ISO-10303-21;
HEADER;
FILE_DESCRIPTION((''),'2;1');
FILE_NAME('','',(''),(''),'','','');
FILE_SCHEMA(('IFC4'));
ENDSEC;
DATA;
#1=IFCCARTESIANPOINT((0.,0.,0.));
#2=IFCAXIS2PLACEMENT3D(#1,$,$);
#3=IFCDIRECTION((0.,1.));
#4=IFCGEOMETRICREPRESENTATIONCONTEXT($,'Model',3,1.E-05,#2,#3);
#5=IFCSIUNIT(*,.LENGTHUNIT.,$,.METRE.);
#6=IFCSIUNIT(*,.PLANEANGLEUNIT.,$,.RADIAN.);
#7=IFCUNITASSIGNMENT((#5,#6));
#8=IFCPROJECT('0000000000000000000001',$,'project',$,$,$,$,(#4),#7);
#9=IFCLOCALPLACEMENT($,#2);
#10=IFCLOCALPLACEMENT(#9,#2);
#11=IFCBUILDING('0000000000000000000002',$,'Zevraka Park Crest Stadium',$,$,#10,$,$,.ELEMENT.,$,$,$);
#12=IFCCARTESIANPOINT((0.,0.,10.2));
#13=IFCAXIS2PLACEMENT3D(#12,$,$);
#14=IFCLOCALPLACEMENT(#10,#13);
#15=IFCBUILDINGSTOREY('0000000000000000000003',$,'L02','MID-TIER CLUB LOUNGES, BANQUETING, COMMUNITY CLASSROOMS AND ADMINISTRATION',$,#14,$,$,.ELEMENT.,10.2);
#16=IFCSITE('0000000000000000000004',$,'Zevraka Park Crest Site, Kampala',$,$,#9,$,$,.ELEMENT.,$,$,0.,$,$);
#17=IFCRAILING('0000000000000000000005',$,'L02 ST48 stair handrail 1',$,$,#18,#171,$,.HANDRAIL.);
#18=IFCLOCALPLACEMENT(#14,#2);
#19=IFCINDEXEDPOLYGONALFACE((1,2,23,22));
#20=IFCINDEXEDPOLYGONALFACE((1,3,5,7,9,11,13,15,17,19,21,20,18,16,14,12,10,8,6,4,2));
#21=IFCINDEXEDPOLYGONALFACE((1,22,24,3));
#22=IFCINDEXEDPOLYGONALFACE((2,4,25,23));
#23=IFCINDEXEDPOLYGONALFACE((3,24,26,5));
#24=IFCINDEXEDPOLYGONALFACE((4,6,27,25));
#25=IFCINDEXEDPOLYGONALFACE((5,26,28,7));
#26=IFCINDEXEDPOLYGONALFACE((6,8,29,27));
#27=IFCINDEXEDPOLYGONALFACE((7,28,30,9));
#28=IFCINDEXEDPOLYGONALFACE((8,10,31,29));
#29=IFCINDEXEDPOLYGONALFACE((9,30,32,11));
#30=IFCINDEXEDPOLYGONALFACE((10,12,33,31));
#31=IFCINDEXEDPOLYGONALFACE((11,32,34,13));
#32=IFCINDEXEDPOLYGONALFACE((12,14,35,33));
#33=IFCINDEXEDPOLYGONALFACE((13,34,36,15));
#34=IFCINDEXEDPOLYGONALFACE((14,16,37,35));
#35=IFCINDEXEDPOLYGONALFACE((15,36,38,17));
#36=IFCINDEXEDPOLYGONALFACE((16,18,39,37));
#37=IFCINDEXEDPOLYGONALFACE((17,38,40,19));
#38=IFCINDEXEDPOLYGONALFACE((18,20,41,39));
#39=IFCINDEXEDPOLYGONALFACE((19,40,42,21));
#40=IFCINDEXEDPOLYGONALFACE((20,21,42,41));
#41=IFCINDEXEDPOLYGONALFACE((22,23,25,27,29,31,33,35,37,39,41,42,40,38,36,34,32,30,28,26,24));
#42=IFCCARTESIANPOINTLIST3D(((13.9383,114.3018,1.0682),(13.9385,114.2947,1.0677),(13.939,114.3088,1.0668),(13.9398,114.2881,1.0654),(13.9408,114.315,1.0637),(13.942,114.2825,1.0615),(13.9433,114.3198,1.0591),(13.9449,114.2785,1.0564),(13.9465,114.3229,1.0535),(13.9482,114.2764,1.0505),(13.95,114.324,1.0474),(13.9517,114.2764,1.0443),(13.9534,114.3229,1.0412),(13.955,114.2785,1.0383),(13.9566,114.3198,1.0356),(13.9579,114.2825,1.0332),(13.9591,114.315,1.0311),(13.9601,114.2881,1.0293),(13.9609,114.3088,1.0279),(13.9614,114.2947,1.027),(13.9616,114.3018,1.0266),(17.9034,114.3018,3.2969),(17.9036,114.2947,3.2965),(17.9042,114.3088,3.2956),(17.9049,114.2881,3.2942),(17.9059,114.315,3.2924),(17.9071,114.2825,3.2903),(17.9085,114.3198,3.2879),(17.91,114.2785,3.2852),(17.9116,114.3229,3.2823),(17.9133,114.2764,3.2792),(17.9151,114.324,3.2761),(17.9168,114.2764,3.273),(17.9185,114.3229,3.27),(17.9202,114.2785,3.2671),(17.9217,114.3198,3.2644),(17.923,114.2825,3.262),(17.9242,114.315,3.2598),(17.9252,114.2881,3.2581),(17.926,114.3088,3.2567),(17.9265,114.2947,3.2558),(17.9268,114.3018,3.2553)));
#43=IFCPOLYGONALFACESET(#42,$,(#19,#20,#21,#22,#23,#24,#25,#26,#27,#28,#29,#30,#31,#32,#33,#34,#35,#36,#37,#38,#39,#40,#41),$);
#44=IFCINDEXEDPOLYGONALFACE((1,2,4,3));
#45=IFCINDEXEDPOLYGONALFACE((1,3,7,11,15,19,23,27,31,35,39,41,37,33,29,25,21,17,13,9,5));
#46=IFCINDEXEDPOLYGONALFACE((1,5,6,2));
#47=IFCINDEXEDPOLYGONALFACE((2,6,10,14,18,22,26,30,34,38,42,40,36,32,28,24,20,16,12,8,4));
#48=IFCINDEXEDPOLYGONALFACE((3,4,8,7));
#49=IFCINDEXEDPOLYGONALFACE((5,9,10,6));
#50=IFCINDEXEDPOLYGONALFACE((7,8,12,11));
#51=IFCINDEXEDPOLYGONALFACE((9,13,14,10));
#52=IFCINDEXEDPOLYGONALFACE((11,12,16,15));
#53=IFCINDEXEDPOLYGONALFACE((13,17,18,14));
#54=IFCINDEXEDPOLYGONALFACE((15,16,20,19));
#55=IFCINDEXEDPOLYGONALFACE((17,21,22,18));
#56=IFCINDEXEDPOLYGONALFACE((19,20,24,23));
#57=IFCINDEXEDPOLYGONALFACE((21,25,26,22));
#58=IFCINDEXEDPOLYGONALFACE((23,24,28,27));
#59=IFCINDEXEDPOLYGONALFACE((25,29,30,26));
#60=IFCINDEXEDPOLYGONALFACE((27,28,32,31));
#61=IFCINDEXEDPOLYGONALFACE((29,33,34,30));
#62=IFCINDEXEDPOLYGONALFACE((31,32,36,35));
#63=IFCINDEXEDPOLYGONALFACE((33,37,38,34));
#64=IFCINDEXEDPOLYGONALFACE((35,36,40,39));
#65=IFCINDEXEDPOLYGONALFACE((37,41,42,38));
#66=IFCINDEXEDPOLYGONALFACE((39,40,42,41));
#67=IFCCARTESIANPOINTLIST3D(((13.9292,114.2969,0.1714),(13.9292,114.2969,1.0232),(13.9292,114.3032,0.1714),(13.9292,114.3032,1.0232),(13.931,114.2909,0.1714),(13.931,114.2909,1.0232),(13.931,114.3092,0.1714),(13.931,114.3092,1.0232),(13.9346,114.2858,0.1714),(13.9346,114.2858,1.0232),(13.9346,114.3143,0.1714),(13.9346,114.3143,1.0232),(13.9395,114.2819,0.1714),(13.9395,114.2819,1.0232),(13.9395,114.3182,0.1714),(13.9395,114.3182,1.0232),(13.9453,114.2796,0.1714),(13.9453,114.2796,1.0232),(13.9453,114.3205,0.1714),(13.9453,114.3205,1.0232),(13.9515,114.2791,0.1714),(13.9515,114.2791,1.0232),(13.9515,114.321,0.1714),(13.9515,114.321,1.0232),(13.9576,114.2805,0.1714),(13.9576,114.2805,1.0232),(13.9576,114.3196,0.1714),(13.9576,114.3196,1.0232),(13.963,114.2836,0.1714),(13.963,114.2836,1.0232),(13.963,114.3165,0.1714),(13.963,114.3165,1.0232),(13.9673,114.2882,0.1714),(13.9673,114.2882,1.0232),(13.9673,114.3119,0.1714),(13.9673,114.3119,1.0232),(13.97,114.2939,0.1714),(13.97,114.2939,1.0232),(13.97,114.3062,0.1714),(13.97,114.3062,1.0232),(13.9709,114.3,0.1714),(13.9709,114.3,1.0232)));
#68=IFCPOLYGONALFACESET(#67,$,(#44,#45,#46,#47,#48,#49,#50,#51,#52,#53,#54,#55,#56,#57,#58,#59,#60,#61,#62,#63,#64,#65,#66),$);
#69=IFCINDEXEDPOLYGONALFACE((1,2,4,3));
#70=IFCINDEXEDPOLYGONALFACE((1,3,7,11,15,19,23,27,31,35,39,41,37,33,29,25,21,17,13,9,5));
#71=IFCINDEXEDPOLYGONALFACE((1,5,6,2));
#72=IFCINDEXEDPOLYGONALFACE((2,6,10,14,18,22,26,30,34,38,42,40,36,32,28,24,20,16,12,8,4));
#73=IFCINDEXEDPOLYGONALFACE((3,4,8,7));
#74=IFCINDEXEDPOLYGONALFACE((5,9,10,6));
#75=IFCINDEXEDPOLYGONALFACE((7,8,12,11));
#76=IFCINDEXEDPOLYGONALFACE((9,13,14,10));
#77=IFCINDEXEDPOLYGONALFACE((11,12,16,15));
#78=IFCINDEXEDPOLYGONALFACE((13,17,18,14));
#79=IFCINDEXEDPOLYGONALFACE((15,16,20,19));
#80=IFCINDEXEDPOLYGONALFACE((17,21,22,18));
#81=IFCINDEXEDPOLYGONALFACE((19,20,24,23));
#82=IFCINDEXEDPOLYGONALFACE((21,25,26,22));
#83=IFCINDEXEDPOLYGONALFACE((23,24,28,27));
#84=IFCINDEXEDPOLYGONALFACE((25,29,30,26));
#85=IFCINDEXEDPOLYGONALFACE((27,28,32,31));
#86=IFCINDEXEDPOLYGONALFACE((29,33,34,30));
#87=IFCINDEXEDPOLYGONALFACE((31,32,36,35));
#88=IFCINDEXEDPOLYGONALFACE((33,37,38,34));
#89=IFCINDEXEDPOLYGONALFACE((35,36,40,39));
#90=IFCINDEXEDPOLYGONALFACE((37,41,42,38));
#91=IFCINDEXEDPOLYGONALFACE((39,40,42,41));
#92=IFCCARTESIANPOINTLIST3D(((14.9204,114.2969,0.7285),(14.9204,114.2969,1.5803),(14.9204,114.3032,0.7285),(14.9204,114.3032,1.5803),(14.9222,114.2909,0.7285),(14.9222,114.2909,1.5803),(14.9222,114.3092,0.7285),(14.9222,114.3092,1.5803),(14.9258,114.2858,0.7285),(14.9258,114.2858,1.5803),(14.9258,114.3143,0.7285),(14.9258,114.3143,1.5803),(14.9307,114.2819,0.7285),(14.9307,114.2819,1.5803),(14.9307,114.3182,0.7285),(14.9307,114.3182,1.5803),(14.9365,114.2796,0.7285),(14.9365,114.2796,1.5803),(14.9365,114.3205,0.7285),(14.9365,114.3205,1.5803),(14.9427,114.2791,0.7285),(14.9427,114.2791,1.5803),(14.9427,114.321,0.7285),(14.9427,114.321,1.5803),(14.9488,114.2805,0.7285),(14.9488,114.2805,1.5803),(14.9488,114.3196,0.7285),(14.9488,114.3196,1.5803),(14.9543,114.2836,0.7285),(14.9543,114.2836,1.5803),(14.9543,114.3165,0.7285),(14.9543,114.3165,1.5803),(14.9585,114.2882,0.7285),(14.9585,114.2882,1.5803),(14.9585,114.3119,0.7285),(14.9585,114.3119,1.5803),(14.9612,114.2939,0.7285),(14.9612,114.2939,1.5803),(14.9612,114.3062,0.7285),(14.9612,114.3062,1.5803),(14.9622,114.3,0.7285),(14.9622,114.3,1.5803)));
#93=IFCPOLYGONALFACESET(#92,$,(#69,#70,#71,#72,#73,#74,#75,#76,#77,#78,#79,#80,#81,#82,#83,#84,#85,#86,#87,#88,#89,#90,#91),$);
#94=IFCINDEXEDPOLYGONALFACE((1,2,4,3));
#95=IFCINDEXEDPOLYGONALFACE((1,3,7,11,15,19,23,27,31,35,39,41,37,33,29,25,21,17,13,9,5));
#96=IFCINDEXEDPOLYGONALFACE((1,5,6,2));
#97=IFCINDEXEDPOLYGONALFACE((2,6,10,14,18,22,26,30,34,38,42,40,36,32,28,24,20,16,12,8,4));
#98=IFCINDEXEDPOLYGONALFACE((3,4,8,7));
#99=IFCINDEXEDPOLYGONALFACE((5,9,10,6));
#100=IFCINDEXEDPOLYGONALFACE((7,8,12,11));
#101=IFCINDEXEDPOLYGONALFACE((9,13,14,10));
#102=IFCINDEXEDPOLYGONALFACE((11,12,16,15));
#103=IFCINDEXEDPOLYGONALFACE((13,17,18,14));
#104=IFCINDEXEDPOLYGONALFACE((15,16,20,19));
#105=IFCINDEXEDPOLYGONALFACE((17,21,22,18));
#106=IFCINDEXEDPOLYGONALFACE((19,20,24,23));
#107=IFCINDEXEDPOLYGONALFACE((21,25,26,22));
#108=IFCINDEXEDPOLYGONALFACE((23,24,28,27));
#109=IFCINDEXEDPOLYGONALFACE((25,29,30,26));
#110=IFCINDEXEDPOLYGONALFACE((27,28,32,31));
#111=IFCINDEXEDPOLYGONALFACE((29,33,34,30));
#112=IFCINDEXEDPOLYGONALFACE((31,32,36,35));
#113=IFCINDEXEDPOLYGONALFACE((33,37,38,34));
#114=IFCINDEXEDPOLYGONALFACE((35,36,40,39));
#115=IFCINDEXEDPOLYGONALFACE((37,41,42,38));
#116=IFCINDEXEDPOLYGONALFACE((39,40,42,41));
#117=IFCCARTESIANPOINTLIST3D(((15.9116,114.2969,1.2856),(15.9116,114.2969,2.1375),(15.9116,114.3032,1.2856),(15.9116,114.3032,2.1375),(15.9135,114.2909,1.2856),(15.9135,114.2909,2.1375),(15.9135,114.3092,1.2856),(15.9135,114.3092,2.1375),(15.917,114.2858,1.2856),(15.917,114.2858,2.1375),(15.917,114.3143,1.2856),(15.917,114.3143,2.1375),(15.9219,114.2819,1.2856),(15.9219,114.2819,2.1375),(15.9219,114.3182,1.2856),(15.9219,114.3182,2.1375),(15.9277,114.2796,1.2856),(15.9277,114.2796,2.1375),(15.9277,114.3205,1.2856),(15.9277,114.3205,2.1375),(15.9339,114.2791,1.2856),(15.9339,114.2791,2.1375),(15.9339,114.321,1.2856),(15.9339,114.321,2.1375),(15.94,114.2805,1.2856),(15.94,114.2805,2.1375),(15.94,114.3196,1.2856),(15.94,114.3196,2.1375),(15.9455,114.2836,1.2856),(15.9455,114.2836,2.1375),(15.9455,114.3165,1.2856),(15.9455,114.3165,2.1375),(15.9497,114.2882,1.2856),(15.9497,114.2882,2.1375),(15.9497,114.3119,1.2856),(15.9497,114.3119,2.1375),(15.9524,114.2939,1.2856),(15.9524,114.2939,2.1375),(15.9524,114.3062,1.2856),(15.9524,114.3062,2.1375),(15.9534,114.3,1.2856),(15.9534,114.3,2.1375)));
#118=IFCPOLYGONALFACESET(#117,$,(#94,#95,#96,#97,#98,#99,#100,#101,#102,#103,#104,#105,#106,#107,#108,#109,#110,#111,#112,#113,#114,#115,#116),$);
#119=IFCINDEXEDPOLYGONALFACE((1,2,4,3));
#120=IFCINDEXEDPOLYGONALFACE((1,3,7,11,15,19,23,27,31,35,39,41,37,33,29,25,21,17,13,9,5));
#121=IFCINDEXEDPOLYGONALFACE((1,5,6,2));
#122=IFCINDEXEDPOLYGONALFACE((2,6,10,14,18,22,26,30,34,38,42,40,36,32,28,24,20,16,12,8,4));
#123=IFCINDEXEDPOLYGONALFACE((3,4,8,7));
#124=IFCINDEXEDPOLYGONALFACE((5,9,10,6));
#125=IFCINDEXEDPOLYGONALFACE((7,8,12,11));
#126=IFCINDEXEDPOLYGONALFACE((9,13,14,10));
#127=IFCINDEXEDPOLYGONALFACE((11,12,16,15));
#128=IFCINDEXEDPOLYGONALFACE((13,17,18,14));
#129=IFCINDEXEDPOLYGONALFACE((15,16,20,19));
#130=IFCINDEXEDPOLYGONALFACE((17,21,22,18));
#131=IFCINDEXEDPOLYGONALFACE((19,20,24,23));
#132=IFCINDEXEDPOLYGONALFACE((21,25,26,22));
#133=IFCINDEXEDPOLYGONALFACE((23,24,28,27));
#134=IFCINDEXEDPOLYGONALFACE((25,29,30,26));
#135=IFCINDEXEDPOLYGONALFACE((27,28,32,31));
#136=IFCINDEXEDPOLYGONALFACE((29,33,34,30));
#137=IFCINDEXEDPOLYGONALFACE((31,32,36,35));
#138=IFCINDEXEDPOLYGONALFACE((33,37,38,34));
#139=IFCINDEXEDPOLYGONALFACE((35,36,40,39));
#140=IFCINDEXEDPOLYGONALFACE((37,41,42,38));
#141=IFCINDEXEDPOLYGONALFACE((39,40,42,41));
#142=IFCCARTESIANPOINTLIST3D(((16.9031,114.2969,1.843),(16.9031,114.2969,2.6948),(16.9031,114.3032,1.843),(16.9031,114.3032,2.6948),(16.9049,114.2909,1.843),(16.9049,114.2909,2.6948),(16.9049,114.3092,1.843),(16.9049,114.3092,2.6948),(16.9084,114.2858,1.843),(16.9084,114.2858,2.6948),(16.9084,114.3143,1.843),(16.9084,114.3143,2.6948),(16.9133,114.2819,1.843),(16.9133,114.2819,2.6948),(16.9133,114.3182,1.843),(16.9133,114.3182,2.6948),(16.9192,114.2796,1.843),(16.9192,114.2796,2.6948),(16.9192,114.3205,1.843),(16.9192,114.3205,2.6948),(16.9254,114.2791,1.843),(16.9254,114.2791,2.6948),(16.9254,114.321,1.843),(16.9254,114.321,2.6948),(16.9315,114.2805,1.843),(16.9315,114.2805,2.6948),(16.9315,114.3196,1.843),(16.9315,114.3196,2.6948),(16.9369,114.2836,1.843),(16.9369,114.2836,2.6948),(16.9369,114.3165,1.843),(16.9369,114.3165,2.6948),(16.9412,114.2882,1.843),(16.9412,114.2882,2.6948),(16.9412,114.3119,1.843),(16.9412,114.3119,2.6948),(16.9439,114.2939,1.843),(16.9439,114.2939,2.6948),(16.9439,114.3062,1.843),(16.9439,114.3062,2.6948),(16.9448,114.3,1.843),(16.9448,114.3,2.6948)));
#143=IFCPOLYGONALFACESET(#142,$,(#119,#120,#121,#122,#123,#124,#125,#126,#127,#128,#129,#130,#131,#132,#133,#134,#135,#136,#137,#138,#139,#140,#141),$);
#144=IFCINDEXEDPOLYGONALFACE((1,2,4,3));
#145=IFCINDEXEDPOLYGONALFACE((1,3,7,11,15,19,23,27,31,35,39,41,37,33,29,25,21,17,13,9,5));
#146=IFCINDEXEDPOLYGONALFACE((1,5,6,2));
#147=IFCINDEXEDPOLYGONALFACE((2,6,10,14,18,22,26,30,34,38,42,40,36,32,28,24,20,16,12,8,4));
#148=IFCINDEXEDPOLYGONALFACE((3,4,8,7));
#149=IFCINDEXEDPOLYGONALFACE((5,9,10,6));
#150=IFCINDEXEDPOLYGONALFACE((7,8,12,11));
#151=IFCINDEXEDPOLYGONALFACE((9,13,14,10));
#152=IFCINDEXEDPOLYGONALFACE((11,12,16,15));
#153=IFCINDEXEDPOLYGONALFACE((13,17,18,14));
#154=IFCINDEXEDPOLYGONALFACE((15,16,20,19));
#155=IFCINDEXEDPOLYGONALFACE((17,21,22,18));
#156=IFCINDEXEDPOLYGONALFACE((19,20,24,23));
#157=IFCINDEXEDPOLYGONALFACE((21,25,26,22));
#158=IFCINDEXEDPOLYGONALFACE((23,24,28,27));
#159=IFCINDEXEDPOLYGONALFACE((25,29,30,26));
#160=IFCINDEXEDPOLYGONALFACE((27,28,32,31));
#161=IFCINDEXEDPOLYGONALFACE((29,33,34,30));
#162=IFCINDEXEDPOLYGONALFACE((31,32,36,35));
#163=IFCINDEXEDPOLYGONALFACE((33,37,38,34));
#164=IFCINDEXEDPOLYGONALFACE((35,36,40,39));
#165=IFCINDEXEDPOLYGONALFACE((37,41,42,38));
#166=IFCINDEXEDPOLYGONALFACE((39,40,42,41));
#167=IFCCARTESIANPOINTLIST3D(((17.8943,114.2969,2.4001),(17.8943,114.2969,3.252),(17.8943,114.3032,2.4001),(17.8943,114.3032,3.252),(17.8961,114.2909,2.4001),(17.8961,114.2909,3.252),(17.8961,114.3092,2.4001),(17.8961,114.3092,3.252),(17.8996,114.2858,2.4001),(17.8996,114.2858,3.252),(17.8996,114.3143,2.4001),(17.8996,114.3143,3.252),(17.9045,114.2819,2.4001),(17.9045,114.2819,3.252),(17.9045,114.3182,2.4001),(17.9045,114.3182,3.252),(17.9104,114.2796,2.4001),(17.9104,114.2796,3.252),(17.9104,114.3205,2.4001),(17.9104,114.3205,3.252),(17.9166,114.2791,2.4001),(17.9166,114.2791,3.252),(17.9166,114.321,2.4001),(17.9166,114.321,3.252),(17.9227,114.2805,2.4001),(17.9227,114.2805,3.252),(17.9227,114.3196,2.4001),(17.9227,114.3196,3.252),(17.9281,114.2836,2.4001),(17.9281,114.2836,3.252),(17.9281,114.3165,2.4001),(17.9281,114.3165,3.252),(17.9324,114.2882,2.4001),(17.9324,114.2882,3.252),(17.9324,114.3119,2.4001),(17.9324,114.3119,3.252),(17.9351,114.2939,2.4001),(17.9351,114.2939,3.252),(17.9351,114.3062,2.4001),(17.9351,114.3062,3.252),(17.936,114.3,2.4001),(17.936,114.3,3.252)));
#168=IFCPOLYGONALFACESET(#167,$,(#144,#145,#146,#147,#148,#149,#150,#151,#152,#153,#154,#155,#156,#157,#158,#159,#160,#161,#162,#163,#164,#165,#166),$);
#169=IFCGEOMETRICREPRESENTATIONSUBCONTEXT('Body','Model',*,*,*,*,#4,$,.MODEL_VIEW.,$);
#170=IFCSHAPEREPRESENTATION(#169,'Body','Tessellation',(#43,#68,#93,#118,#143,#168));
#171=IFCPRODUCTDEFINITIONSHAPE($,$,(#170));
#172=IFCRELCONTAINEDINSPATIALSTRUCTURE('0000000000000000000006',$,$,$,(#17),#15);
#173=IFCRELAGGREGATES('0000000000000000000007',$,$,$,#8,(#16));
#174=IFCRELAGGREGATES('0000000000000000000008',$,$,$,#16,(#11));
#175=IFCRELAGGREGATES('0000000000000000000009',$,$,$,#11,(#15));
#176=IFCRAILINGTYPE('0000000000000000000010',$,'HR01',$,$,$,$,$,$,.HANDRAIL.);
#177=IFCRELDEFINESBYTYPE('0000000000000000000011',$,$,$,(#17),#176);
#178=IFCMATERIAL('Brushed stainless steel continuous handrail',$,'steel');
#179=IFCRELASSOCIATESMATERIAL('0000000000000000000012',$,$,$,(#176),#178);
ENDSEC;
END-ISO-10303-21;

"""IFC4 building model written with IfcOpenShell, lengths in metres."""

from ifc_helpers import new_model, si_unit, direction, frame, origin, origin_2d, place, context, subcontext, project, spatial, circle, extrude, material, type_object, element, save


model = new_model("IFC4")

# Units and contexts
model_context = context("Model", 3, precision=1e-05, world=origin(), true_north=direction((0.0, 1.0)))
body_context = subcontext(model_context, "Body", "Model", "MODEL_VIEW")
ifc_project = project(units=[si_unit("LENGTHUNIT", "METRE"), si_unit("PLANEANGLEUNIT", "RADIAN")], contexts=[model_context])

# Site, building, storey
site_placement = place(None, origin())
site = spatial("IfcSite", under=ifc_project, at=site_placement, Name="Zevraka Park Crest Site, Kampala", CompositionType="ELEMENT", RefElevation=0.0)
building_placement = place(site_placement, origin())
building = spatial("IfcBuilding", under=site, at=building_placement, Name="Zevraka Park Crest Stadium", CompositionType="ELEMENT")
storey_placement = place(building_placement, frame((0.0, 0.0, 10.2)))
storey = spatial("IfcBuildingStorey", under=building, at=storey_placement, Name="L02", Description="MID-TIER CLUB LOUNGES, BANQUETING, COMMUNITY CLASSROOMS AND ADMINISTRATION", CompositionType="ELEMENT", Elevation=10.2)

# Railing
ifc_material_1 = material(Name="Brushed stainless steel continuous handrail", Category="steel")
railing_type_1 = type_object("IfcRailingType", Name="HR01", PredefinedType="HANDRAIL", material=ifc_material_1)
railing_1_placement = place(storey_placement, frame((13.95, 114.3, 0.1714)))
element("IfcRailing", 1, at=railing_1_placement, inside=storey, type_object=railing_type_1, Name="L02 ST48 stair handrail 1", PredefinedType="HANDRAIL", context=body_context, shape_type="SweptSolid", body=[
    extrude(circle(Radius=0.0239, at=origin_2d()), frame((0.0, 0.0, 0.876), z_axis=(0.871726, 0.0, 0.489994), x_axis=(0.0, 1.0, 0.0)), (0.0, 0.0, 1.0), 4.5486),
    extrude(circle(Radius=0.021, at=origin_2d()), origin(), (0.0, 0.0, 1.0), 0.8518),
    extrude(circle(Radius=0.021, at=origin_2d()), frame((0.9912, 0.0, 0.5571)), (0.0, 0.0, 1.0), 0.8518),
    extrude(circle(Radius=0.021, at=origin_2d()), frame((1.9824, 0.0, 1.1143)), (0.0, 0.0, 1.0), 0.8518),
    extrude(circle(Radius=0.021, at=origin_2d()), frame((2.9739, 0.0, 1.6716)), (0.0, 0.0, 1.0), 0.8518),
    extrude(circle(Radius=0.021, at=origin_2d()), frame((3.9651, 0.0, 2.2288)), (0.0, 0.0, 1.0), 0.8518),
])

save(model, "model.ifc")
